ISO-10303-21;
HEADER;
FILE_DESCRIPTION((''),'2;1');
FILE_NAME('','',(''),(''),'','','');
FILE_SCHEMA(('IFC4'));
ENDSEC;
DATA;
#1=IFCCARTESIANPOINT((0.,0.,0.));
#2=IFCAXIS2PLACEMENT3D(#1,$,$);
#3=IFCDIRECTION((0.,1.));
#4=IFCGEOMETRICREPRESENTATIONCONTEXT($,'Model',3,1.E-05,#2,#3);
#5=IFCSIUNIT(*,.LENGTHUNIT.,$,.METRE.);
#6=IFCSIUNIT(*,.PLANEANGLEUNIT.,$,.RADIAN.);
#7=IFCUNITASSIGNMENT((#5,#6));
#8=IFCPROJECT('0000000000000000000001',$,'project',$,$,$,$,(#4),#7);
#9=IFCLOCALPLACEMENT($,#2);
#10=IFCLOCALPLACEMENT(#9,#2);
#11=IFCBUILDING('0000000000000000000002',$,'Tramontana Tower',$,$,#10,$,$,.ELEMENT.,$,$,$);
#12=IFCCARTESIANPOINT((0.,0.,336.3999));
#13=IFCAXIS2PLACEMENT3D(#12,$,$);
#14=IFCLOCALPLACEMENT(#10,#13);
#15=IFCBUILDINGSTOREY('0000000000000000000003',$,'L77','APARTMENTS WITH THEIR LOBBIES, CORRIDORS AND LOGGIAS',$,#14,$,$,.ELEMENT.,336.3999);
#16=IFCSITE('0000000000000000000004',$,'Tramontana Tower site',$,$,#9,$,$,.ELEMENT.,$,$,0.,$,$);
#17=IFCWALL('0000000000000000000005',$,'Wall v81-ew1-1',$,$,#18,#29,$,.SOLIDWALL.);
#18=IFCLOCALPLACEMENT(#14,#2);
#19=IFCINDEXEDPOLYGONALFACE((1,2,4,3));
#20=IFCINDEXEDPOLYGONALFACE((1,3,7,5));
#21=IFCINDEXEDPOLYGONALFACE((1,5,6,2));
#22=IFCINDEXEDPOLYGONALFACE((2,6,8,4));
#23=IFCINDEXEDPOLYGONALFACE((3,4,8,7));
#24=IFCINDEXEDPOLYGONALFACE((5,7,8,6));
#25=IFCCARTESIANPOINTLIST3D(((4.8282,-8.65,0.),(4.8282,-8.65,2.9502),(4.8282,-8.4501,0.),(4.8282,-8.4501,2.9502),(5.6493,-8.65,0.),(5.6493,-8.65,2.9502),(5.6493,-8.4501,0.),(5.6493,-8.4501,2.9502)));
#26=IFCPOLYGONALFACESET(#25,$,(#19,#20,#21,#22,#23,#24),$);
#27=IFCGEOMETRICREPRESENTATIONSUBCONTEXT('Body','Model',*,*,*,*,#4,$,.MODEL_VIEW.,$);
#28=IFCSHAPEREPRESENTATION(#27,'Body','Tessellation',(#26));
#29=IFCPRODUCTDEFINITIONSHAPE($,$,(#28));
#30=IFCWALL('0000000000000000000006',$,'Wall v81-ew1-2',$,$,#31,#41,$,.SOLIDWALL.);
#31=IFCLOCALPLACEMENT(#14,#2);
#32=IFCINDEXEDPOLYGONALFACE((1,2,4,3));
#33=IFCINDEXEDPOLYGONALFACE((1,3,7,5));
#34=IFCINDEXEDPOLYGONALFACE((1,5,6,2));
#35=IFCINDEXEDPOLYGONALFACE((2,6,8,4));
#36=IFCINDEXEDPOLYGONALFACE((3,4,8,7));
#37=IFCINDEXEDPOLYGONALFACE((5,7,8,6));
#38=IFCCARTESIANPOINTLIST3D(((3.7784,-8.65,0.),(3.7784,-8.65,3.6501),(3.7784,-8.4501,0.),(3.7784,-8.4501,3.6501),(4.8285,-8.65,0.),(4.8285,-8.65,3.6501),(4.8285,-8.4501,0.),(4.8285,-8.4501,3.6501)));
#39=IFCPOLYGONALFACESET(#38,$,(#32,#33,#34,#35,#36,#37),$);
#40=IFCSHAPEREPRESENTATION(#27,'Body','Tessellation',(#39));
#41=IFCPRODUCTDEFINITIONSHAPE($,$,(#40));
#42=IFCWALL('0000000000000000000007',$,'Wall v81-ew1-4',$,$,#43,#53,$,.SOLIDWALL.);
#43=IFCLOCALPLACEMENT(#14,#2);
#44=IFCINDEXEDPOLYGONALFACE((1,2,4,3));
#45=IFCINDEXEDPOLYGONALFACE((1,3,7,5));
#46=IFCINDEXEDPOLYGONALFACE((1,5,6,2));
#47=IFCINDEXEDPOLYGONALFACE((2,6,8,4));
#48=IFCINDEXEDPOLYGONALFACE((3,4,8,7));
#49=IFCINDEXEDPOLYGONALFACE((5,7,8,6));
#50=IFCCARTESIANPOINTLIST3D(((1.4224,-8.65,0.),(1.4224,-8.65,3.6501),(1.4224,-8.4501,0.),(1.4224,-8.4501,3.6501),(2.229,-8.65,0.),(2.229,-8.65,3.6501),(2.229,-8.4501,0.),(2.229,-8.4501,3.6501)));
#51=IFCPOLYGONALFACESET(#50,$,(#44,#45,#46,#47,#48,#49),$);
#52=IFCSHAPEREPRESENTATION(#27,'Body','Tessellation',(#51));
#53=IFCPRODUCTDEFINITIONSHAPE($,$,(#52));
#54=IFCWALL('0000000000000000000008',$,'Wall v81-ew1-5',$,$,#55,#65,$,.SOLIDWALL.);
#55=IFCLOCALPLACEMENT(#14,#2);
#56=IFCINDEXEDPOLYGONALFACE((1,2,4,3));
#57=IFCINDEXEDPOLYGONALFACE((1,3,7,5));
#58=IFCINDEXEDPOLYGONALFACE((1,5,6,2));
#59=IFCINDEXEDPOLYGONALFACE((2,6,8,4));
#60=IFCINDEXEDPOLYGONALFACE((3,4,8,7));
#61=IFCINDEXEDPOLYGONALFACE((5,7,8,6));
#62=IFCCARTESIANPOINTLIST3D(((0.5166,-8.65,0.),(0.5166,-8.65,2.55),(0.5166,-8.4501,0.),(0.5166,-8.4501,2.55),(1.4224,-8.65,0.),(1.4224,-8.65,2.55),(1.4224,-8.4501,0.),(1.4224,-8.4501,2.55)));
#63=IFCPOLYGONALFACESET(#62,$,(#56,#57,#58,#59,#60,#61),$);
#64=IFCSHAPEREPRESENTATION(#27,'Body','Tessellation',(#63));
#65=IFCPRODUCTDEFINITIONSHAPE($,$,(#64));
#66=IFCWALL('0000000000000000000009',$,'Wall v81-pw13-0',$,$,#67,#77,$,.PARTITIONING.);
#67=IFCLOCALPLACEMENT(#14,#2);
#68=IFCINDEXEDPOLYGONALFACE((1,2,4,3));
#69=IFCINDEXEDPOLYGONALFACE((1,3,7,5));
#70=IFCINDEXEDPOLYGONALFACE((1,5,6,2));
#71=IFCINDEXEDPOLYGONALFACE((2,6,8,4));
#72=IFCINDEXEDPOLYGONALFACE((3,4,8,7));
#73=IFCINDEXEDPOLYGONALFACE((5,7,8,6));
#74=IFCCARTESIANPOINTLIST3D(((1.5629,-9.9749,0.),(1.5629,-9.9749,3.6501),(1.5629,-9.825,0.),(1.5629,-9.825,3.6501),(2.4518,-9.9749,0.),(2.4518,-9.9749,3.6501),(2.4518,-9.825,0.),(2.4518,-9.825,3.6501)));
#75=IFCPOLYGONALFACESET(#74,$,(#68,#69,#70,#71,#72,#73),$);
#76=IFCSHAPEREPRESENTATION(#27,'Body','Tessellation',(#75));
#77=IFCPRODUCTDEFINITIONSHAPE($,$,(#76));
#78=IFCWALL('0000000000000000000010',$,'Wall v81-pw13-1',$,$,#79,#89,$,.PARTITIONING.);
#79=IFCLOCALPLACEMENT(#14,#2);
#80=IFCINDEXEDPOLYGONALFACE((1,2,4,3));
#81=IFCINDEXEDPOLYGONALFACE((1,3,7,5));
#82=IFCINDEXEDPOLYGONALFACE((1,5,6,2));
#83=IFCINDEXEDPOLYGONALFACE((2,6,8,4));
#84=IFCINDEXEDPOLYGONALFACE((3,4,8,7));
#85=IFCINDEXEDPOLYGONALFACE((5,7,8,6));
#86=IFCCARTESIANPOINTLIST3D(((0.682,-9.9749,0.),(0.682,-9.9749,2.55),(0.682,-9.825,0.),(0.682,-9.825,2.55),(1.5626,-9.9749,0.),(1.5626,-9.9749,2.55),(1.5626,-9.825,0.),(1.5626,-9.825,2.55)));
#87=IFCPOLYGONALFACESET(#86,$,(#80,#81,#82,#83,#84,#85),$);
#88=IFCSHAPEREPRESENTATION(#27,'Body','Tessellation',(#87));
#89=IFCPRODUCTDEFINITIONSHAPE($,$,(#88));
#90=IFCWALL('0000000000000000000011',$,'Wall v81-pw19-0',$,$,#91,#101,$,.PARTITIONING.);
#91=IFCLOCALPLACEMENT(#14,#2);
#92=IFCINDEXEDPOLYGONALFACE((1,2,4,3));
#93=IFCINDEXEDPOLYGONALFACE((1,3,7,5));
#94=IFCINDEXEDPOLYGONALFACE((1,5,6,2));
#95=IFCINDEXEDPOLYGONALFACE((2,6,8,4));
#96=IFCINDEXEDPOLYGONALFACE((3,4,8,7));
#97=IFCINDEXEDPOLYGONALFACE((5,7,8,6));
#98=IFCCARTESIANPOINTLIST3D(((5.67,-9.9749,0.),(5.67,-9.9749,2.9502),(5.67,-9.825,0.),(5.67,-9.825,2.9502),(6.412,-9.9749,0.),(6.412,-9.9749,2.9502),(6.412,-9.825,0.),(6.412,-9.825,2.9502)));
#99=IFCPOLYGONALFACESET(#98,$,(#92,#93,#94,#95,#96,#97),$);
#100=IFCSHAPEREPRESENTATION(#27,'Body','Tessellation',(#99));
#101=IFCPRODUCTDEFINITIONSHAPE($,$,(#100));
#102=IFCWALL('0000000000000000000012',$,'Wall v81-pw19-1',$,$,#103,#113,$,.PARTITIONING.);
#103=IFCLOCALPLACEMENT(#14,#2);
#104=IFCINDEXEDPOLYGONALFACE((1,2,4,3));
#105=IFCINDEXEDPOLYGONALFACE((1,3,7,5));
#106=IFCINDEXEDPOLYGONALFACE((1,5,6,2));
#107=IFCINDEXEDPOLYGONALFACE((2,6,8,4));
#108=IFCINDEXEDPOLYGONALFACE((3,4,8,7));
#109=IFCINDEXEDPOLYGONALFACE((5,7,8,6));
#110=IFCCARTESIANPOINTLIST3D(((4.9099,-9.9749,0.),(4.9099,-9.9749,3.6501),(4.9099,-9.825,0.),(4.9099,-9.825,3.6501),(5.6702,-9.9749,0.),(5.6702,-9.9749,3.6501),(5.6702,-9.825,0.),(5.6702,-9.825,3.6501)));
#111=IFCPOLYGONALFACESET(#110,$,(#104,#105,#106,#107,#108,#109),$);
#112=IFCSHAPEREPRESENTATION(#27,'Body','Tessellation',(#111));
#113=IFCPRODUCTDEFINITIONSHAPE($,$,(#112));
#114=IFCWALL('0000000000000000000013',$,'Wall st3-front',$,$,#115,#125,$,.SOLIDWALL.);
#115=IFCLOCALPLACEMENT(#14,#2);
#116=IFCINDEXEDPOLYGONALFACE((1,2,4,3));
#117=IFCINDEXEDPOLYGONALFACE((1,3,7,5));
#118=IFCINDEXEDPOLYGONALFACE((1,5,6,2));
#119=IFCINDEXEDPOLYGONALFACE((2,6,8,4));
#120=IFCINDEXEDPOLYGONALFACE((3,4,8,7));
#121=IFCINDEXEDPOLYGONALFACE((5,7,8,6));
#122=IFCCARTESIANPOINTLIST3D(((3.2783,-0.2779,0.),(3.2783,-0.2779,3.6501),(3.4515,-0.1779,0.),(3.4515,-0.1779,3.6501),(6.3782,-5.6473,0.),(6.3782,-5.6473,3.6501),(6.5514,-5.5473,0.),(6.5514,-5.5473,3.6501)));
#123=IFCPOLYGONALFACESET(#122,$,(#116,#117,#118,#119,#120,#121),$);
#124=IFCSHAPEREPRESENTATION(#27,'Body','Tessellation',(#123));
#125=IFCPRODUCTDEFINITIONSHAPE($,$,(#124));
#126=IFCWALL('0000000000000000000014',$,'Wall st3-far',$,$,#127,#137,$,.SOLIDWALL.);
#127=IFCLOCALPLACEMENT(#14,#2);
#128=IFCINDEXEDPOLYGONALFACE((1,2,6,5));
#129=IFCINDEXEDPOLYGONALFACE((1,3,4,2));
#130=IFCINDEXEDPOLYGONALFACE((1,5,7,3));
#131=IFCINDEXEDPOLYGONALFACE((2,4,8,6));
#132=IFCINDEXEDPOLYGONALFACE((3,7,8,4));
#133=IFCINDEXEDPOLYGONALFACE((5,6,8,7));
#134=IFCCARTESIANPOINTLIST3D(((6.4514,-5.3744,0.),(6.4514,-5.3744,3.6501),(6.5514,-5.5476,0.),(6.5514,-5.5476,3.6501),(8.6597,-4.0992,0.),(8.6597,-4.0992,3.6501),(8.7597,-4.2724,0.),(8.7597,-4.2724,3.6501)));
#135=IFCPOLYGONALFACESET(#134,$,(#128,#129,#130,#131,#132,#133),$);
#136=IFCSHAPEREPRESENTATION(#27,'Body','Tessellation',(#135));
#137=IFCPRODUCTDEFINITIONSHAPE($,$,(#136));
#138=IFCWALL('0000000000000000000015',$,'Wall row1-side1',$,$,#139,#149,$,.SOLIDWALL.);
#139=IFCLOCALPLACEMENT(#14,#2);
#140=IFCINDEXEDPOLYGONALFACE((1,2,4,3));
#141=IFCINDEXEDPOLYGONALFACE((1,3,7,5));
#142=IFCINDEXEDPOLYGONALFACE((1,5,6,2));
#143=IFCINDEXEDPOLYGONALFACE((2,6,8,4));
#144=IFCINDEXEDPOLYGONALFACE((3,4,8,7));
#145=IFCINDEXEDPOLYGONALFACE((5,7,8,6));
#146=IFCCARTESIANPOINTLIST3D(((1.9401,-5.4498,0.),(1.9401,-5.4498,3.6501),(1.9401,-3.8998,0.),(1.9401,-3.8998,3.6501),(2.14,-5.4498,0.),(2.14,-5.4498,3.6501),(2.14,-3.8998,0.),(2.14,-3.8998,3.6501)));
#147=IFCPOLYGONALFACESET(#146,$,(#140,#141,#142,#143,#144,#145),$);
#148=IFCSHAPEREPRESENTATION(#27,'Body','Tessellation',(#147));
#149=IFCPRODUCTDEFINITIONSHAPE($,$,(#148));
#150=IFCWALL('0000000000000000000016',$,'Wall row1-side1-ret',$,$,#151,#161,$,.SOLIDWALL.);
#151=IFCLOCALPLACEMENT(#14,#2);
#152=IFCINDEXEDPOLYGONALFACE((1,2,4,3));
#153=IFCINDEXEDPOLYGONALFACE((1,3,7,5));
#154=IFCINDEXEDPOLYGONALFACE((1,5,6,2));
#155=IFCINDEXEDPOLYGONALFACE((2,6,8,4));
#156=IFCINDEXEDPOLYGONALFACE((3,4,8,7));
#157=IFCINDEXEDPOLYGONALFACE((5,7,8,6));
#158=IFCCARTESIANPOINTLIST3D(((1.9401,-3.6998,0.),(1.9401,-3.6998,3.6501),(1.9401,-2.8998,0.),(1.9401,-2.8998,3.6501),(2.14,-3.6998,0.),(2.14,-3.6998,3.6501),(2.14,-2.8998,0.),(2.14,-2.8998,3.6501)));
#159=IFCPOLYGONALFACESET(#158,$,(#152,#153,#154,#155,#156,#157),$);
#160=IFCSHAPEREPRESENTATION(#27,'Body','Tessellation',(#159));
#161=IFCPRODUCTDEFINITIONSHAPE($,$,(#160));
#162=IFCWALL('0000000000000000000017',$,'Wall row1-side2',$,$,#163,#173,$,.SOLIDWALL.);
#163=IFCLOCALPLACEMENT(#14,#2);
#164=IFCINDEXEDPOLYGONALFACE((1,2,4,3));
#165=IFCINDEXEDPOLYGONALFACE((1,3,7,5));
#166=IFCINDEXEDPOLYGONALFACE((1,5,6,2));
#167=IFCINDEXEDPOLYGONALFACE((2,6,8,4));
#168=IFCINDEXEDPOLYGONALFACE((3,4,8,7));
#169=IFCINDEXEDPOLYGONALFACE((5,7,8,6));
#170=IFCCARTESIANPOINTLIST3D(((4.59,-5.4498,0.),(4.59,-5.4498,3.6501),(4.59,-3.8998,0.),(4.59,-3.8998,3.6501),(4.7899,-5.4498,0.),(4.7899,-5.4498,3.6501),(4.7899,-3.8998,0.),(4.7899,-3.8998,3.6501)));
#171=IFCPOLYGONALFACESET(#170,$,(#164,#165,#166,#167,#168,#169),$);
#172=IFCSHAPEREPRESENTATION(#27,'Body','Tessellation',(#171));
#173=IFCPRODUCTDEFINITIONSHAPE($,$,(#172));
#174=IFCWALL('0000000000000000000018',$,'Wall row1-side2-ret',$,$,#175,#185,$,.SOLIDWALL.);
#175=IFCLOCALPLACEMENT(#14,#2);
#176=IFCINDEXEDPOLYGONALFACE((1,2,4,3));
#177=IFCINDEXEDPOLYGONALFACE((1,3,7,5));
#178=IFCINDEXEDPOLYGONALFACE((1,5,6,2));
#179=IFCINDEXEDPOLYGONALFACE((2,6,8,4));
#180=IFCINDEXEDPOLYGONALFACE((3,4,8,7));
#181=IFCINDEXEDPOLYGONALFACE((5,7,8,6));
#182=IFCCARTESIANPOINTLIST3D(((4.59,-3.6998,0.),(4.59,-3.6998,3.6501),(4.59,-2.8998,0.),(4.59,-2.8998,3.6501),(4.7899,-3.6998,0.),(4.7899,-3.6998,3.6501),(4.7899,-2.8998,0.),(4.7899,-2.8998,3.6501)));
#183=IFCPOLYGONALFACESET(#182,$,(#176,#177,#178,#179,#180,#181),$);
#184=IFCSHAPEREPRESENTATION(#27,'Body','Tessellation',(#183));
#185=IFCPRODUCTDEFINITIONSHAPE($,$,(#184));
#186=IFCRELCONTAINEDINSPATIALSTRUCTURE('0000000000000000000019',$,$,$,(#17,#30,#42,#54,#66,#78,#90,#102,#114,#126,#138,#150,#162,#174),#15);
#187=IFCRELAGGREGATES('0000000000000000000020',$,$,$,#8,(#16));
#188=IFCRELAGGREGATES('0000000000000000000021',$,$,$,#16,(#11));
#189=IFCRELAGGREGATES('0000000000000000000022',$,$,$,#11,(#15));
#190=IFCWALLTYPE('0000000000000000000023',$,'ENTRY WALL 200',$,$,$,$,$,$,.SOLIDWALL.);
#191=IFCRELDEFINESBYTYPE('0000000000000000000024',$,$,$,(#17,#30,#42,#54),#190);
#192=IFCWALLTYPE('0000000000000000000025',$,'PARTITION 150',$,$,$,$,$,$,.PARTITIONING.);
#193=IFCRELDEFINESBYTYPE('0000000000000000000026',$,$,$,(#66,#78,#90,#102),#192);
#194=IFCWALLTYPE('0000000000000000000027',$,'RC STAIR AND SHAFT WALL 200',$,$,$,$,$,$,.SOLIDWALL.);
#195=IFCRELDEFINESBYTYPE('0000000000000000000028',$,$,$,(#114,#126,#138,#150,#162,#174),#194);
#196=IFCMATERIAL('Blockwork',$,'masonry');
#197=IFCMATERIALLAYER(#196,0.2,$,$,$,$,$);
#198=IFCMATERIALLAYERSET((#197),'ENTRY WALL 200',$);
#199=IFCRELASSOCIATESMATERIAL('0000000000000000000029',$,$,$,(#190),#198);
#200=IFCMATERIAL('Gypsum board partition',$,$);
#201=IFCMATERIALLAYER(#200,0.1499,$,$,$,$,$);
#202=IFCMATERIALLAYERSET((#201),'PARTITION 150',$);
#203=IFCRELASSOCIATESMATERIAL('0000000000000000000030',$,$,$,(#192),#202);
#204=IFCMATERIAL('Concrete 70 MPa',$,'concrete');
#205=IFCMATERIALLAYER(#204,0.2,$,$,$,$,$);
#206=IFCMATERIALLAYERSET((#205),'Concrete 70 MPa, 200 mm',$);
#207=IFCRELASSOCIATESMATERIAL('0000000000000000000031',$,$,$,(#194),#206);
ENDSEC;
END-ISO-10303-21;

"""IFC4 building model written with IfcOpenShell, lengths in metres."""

from ifc_helpers import new_model, si_unit, direction, frame, frame_2d, origin, place, context, subcontext, project, spatial, rectangle, extrude, material, layer, layer_set, type_object, element, save


model = new_model("IFC4")

# Units and contexts
model_context = context("Model", 3, precision=1e-05, world=origin(), true_north=direction((0.0, 1.0)))
body_context = subcontext(model_context, "Body", "Model", "MODEL_VIEW")
ifc_project = project(units=[si_unit("LENGTHUNIT", "METRE"), si_unit("PLANEANGLEUNIT", "RADIAN")], contexts=[model_context])

# Site, building, storey
site_placement = place(None, origin())
site = spatial("IfcSite", under=ifc_project, at=site_placement, Name="Tramontana Tower site", CompositionType="ELEMENT", RefElevation=0.0)
building_placement = place(site_placement, origin())
building = spatial("IfcBuilding", under=site, at=building_placement, Name="Tramontana Tower", CompositionType="ELEMENT")
storey_placement = place(building_placement, frame((0.0, 0.0, 336.3999)))
storey = spatial("IfcBuildingStorey", under=building, at=storey_placement, Name="L77", Description="APARTMENTS WITH THEIR LOBBIES, CORRIDORS AND LOGGIAS", CompositionType="ELEMENT", Elevation=336.3999)

# Walls
ifc_material_1 = material(Name="Blockwork", Category="masonry")
ifc_layer_1 = layer(ifc_material_1, 0.2)
ifc_layer_set_1 = layer_set([ifc_layer_1], Name="ENTRY WALL 200")
wall_type_1 = type_object("IfcWallType", Name="ENTRY WALL 200", PredefinedType="SOLIDWALL", material=ifc_layer_set_1)
wall_1_placement = place(storey_placement, frame((5.6494, -8.55, 0.0), z_axis=(0.0, 0.0, 1.0), x_axis=(-1.0, 0.0, 0.0)))
element("IfcWall", 1, at=wall_1_placement, inside=storey, type_object=wall_type_1, Name="Wall v81-ew1-1", PredefinedType="SOLIDWALL", context=body_context, shape_type="SweptSolid", body=[
    extrude(rectangle(XDim=0.821, YDim=0.2, at=frame_2d((0.4106, 0.0))), origin(), (0.0, 0.0, 1.0), 2.9502),
])
wall_2_placement = place(storey_placement, frame((4.8284, -8.55, 0.0), z_axis=(0.0, 0.0, 1.0), x_axis=(-1.0, 0.0, 0.0)))
element("IfcWall", 2, at=wall_2_placement, inside=storey, type_object=wall_type_1, Name="Wall v81-ew1-2", PredefinedType="SOLIDWALL", context=body_context, shape_type="SweptSolid", body=[
    extrude(rectangle(XDim=1.05, YDim=0.2, at=frame_2d((0.5249, 0.0))), origin(), (0.0, 0.0, 1.0), 3.6501),
])

# Walls
wall_3_placement = place(storey_placement, frame((2.229, -8.55, 0.0), z_axis=(0.0, 0.0, 1.0), x_axis=(-1.0, 0.0, 0.0)))
element("IfcWall", 3, at=wall_3_placement, inside=storey, type_object=wall_type_1, Name="Wall v81-ew1-4", PredefinedType="SOLIDWALL", context=body_context, shape_type="SweptSolid", body=[
    extrude(rectangle(XDim=0.8066, YDim=0.2, at=frame_2d((0.4033, 0.0))), origin(), (0.0, 0.0, 1.0), 3.6501),
])
wall_4_placement = place(storey_placement, frame((1.4224, -8.55, 0.0), z_axis=(0.0, 0.0, 1.0), x_axis=(-1.0, 0.0, 0.0)))
element("IfcWall", 4, at=wall_4_placement, inside=storey, type_object=wall_type_1, Name="Wall v81-ew1-5", PredefinedType="SOLIDWALL", context=body_context, shape_type="SweptSolid", body=[
    extrude(rectangle(XDim=0.9058, YDim=0.2, at=frame_2d((0.4529, 0.0))), origin(), (0.0, 0.0, 1.0), 2.55),
])
ifc_material_2 = material(Name="Gypsum board partition")
ifc_layer_2 = layer(ifc_material_2, 0.1499)
ifc_layer_set_2 = layer_set([ifc_layer_2], Name="PARTITION 150")
wall_type_2 = type_object("IfcWallType", Name="PARTITION 150", PredefinedType="PARTITIONING", material=ifc_layer_set_2)
wall_5_placement = place(storey_placement, frame((2.4517, -9.8999, 0.0), z_axis=(0.0, 0.0, 1.0), x_axis=(-1.0, 0.0, 0.0)))
element("IfcWall", 5, at=wall_5_placement, inside=storey, type_object=wall_type_2, Name="Wall v81-pw13-0", PredefinedType="PARTITIONING", context=body_context, shape_type="SweptSolid", body=[
    extrude(rectangle(XDim=0.8889, YDim=0.1499, at=frame_2d((0.4443, 0.0))), origin(), (0.0, 0.0, 1.0), 3.6501),
])
wall_6_placement = place(storey_placement, frame((1.5627, -9.8999, 0.0), z_axis=(0.0, 0.0, 1.0), x_axis=(-1.0, 0.0, 0.0)))
element("IfcWall", 6, at=wall_6_placement, inside=storey, type_object=wall_type_2, Name="Wall v81-pw13-1", PredefinedType="PARTITIONING", context=body_context, shape_type="SweptSolid", body=[
    extrude(rectangle(XDim=0.8806, YDim=0.1499, at=frame_2d((0.4404, 0.0))), origin(), (0.0, 0.0, 1.0), 2.55),
])
wall_7_placement = place(storey_placement, frame((6.4121, -9.8999, 0.0), z_axis=(0.0, 0.0, 1.0), x_axis=(-1.0, 0.0, 0.0)))
element("IfcWall", 7, at=wall_7_placement, inside=storey, type_object=wall_type_2, Name="Wall v81-pw19-0", PredefinedType="PARTITIONING", context=body_context, shape_type="SweptSolid", body=[
    extrude(rectangle(XDim=0.7419, YDim=0.1499, at=frame_2d((0.3711, 0.0))), origin(), (0.0, 0.0, 1.0), 2.9502),
])
wall_8_placement = place(storey_placement, frame((5.6702, -9.8999, 0.0), z_axis=(0.0, 0.0, 1.0), x_axis=(-1.0, 0.0, 0.0)))
element("IfcWall", 8, at=wall_8_placement, inside=storey, type_object=wall_type_2, Name="Wall v81-pw19-1", PredefinedType="PARTITIONING", context=body_context, shape_type="SweptSolid", body=[
    extrude(rectangle(XDim=0.7603, YDim=0.1499, at=frame_2d((0.3801, 0.0))), origin(), (0.0, 0.0, 1.0), 3.6501),
])
ifc_material_3 = material(Name="Concrete 70 MPa", Category="concrete")
ifc_layer_3 = layer(ifc_material_3, 0.2)
ifc_layer_set_3 = layer_set([ifc_layer_3], Name="Concrete 70 MPa, 200 mm")
wall_type_3 = type_object("IfcWallType", Name="RC STAIR AND SHAFT WALL 200", PredefinedType="SOLIDWALL", material=ifc_layer_set_3)
wall_9_placement = place(storey_placement, frame((6.4648, -5.5974, 0.0), z_axis=(0.0, 0.0, 1.0), x_axis=(-0.49998, 0.866037, 0.0)))
element("IfcWall", 9, at=wall_9_placement, inside=storey, type_object=wall_type_3, Name="Wall st3-front", PredefinedType="SOLIDWALL", context=body_context, shape_type="SweptSolid", body=[
    extrude(rectangle(XDim=6.2, YDim=0.2, at=frame_2d((3.1001, 0.0))), origin(), (0.0, 0.0, 1.0), 3.6501),
])
wall_10_placement = place(storey_placement, frame((6.5015, -5.4609, 0.0), z_axis=(0.0, 0.0, 1.0), x_axis=(0.865989, 0.500062, 0.0)))
element("IfcWall", 10, at=wall_10_placement, inside=storey, type_object=wall_type_3, Name="Wall st3-far", PredefinedType="SOLIDWALL", context=body_context, shape_type="SweptSolid", body=[
    extrude(rectangle(XDim=2.55, YDim=0.2, at=frame_2d((1.2749, 0.0))), origin(), (0.0, 0.0, 1.0), 3.6501),
])

# Walls
wall_11_placement = place(storey_placement, frame((2.04, -3.8999, 0.0), z_axis=(0.0, 0.0, 1.0), x_axis=(0.0, -1.0, 0.0)))
element("IfcWall", 11, at=wall_11_placement, inside=storey, type_object=wall_type_3, Name="Wall row1-side1", PredefinedType="SOLIDWALL", context=body_context, shape_type="SweptSolid", body=[
    extrude(rectangle(XDim=1.55, YDim=0.2, at=frame_2d((0.7749, 0.0))), origin(), (0.0, 0.0, 1.0), 3.6501),
])
wall_12_placement = place(storey_placement, frame((2.04, -2.8999, 0.0), z_axis=(0.0, 0.0, 1.0), x_axis=(0.0, -1.0, 0.0)))
element("IfcWall", 12, at=wall_12_placement, inside=storey, type_object=wall_type_3, Name="Wall row1-side1-ret", PredefinedType="SOLIDWALL", context=body_context, shape_type="SweptSolid", body=[
    extrude(rectangle(XDim=0.8, YDim=0.2, at=frame_2d((0.3999, 0.0))), origin(), (0.0, 0.0, 1.0), 3.6501),
])
wall_13_placement = place(storey_placement, frame((4.6899, -3.8999, 0.0), z_axis=(0.0, 0.0, 1.0), x_axis=(0.0, -1.0, 0.0)))
element("IfcWall", 13, at=wall_13_placement, inside=storey, type_object=wall_type_3, Name="Wall row1-side2", PredefinedType="SOLIDWALL", context=body_context, shape_type="SweptSolid", body=[
    extrude(rectangle(XDim=1.55, YDim=0.2, at=frame_2d((0.7749, 0.0))), origin(), (0.0, 0.0, 1.0), 3.6501),
])
wall_14_placement = place(storey_placement, frame((4.6899, -2.8999, 0.0), z_axis=(0.0, 0.0, 1.0), x_axis=(0.0, -1.0, 0.0)))
element("IfcWall", 14, at=wall_14_placement, inside=storey, type_object=wall_type_3, Name="Wall row1-side2-ret", PredefinedType="SOLIDWALL", context=body_context, shape_type="SweptSolid", body=[
    extrude(rectangle(XDim=0.8, YDim=0.2, at=frame_2d((0.3999, 0.0))), origin(), (0.0, 0.0, 1.0), 3.6501),
])

save(model, "model.ifc")
